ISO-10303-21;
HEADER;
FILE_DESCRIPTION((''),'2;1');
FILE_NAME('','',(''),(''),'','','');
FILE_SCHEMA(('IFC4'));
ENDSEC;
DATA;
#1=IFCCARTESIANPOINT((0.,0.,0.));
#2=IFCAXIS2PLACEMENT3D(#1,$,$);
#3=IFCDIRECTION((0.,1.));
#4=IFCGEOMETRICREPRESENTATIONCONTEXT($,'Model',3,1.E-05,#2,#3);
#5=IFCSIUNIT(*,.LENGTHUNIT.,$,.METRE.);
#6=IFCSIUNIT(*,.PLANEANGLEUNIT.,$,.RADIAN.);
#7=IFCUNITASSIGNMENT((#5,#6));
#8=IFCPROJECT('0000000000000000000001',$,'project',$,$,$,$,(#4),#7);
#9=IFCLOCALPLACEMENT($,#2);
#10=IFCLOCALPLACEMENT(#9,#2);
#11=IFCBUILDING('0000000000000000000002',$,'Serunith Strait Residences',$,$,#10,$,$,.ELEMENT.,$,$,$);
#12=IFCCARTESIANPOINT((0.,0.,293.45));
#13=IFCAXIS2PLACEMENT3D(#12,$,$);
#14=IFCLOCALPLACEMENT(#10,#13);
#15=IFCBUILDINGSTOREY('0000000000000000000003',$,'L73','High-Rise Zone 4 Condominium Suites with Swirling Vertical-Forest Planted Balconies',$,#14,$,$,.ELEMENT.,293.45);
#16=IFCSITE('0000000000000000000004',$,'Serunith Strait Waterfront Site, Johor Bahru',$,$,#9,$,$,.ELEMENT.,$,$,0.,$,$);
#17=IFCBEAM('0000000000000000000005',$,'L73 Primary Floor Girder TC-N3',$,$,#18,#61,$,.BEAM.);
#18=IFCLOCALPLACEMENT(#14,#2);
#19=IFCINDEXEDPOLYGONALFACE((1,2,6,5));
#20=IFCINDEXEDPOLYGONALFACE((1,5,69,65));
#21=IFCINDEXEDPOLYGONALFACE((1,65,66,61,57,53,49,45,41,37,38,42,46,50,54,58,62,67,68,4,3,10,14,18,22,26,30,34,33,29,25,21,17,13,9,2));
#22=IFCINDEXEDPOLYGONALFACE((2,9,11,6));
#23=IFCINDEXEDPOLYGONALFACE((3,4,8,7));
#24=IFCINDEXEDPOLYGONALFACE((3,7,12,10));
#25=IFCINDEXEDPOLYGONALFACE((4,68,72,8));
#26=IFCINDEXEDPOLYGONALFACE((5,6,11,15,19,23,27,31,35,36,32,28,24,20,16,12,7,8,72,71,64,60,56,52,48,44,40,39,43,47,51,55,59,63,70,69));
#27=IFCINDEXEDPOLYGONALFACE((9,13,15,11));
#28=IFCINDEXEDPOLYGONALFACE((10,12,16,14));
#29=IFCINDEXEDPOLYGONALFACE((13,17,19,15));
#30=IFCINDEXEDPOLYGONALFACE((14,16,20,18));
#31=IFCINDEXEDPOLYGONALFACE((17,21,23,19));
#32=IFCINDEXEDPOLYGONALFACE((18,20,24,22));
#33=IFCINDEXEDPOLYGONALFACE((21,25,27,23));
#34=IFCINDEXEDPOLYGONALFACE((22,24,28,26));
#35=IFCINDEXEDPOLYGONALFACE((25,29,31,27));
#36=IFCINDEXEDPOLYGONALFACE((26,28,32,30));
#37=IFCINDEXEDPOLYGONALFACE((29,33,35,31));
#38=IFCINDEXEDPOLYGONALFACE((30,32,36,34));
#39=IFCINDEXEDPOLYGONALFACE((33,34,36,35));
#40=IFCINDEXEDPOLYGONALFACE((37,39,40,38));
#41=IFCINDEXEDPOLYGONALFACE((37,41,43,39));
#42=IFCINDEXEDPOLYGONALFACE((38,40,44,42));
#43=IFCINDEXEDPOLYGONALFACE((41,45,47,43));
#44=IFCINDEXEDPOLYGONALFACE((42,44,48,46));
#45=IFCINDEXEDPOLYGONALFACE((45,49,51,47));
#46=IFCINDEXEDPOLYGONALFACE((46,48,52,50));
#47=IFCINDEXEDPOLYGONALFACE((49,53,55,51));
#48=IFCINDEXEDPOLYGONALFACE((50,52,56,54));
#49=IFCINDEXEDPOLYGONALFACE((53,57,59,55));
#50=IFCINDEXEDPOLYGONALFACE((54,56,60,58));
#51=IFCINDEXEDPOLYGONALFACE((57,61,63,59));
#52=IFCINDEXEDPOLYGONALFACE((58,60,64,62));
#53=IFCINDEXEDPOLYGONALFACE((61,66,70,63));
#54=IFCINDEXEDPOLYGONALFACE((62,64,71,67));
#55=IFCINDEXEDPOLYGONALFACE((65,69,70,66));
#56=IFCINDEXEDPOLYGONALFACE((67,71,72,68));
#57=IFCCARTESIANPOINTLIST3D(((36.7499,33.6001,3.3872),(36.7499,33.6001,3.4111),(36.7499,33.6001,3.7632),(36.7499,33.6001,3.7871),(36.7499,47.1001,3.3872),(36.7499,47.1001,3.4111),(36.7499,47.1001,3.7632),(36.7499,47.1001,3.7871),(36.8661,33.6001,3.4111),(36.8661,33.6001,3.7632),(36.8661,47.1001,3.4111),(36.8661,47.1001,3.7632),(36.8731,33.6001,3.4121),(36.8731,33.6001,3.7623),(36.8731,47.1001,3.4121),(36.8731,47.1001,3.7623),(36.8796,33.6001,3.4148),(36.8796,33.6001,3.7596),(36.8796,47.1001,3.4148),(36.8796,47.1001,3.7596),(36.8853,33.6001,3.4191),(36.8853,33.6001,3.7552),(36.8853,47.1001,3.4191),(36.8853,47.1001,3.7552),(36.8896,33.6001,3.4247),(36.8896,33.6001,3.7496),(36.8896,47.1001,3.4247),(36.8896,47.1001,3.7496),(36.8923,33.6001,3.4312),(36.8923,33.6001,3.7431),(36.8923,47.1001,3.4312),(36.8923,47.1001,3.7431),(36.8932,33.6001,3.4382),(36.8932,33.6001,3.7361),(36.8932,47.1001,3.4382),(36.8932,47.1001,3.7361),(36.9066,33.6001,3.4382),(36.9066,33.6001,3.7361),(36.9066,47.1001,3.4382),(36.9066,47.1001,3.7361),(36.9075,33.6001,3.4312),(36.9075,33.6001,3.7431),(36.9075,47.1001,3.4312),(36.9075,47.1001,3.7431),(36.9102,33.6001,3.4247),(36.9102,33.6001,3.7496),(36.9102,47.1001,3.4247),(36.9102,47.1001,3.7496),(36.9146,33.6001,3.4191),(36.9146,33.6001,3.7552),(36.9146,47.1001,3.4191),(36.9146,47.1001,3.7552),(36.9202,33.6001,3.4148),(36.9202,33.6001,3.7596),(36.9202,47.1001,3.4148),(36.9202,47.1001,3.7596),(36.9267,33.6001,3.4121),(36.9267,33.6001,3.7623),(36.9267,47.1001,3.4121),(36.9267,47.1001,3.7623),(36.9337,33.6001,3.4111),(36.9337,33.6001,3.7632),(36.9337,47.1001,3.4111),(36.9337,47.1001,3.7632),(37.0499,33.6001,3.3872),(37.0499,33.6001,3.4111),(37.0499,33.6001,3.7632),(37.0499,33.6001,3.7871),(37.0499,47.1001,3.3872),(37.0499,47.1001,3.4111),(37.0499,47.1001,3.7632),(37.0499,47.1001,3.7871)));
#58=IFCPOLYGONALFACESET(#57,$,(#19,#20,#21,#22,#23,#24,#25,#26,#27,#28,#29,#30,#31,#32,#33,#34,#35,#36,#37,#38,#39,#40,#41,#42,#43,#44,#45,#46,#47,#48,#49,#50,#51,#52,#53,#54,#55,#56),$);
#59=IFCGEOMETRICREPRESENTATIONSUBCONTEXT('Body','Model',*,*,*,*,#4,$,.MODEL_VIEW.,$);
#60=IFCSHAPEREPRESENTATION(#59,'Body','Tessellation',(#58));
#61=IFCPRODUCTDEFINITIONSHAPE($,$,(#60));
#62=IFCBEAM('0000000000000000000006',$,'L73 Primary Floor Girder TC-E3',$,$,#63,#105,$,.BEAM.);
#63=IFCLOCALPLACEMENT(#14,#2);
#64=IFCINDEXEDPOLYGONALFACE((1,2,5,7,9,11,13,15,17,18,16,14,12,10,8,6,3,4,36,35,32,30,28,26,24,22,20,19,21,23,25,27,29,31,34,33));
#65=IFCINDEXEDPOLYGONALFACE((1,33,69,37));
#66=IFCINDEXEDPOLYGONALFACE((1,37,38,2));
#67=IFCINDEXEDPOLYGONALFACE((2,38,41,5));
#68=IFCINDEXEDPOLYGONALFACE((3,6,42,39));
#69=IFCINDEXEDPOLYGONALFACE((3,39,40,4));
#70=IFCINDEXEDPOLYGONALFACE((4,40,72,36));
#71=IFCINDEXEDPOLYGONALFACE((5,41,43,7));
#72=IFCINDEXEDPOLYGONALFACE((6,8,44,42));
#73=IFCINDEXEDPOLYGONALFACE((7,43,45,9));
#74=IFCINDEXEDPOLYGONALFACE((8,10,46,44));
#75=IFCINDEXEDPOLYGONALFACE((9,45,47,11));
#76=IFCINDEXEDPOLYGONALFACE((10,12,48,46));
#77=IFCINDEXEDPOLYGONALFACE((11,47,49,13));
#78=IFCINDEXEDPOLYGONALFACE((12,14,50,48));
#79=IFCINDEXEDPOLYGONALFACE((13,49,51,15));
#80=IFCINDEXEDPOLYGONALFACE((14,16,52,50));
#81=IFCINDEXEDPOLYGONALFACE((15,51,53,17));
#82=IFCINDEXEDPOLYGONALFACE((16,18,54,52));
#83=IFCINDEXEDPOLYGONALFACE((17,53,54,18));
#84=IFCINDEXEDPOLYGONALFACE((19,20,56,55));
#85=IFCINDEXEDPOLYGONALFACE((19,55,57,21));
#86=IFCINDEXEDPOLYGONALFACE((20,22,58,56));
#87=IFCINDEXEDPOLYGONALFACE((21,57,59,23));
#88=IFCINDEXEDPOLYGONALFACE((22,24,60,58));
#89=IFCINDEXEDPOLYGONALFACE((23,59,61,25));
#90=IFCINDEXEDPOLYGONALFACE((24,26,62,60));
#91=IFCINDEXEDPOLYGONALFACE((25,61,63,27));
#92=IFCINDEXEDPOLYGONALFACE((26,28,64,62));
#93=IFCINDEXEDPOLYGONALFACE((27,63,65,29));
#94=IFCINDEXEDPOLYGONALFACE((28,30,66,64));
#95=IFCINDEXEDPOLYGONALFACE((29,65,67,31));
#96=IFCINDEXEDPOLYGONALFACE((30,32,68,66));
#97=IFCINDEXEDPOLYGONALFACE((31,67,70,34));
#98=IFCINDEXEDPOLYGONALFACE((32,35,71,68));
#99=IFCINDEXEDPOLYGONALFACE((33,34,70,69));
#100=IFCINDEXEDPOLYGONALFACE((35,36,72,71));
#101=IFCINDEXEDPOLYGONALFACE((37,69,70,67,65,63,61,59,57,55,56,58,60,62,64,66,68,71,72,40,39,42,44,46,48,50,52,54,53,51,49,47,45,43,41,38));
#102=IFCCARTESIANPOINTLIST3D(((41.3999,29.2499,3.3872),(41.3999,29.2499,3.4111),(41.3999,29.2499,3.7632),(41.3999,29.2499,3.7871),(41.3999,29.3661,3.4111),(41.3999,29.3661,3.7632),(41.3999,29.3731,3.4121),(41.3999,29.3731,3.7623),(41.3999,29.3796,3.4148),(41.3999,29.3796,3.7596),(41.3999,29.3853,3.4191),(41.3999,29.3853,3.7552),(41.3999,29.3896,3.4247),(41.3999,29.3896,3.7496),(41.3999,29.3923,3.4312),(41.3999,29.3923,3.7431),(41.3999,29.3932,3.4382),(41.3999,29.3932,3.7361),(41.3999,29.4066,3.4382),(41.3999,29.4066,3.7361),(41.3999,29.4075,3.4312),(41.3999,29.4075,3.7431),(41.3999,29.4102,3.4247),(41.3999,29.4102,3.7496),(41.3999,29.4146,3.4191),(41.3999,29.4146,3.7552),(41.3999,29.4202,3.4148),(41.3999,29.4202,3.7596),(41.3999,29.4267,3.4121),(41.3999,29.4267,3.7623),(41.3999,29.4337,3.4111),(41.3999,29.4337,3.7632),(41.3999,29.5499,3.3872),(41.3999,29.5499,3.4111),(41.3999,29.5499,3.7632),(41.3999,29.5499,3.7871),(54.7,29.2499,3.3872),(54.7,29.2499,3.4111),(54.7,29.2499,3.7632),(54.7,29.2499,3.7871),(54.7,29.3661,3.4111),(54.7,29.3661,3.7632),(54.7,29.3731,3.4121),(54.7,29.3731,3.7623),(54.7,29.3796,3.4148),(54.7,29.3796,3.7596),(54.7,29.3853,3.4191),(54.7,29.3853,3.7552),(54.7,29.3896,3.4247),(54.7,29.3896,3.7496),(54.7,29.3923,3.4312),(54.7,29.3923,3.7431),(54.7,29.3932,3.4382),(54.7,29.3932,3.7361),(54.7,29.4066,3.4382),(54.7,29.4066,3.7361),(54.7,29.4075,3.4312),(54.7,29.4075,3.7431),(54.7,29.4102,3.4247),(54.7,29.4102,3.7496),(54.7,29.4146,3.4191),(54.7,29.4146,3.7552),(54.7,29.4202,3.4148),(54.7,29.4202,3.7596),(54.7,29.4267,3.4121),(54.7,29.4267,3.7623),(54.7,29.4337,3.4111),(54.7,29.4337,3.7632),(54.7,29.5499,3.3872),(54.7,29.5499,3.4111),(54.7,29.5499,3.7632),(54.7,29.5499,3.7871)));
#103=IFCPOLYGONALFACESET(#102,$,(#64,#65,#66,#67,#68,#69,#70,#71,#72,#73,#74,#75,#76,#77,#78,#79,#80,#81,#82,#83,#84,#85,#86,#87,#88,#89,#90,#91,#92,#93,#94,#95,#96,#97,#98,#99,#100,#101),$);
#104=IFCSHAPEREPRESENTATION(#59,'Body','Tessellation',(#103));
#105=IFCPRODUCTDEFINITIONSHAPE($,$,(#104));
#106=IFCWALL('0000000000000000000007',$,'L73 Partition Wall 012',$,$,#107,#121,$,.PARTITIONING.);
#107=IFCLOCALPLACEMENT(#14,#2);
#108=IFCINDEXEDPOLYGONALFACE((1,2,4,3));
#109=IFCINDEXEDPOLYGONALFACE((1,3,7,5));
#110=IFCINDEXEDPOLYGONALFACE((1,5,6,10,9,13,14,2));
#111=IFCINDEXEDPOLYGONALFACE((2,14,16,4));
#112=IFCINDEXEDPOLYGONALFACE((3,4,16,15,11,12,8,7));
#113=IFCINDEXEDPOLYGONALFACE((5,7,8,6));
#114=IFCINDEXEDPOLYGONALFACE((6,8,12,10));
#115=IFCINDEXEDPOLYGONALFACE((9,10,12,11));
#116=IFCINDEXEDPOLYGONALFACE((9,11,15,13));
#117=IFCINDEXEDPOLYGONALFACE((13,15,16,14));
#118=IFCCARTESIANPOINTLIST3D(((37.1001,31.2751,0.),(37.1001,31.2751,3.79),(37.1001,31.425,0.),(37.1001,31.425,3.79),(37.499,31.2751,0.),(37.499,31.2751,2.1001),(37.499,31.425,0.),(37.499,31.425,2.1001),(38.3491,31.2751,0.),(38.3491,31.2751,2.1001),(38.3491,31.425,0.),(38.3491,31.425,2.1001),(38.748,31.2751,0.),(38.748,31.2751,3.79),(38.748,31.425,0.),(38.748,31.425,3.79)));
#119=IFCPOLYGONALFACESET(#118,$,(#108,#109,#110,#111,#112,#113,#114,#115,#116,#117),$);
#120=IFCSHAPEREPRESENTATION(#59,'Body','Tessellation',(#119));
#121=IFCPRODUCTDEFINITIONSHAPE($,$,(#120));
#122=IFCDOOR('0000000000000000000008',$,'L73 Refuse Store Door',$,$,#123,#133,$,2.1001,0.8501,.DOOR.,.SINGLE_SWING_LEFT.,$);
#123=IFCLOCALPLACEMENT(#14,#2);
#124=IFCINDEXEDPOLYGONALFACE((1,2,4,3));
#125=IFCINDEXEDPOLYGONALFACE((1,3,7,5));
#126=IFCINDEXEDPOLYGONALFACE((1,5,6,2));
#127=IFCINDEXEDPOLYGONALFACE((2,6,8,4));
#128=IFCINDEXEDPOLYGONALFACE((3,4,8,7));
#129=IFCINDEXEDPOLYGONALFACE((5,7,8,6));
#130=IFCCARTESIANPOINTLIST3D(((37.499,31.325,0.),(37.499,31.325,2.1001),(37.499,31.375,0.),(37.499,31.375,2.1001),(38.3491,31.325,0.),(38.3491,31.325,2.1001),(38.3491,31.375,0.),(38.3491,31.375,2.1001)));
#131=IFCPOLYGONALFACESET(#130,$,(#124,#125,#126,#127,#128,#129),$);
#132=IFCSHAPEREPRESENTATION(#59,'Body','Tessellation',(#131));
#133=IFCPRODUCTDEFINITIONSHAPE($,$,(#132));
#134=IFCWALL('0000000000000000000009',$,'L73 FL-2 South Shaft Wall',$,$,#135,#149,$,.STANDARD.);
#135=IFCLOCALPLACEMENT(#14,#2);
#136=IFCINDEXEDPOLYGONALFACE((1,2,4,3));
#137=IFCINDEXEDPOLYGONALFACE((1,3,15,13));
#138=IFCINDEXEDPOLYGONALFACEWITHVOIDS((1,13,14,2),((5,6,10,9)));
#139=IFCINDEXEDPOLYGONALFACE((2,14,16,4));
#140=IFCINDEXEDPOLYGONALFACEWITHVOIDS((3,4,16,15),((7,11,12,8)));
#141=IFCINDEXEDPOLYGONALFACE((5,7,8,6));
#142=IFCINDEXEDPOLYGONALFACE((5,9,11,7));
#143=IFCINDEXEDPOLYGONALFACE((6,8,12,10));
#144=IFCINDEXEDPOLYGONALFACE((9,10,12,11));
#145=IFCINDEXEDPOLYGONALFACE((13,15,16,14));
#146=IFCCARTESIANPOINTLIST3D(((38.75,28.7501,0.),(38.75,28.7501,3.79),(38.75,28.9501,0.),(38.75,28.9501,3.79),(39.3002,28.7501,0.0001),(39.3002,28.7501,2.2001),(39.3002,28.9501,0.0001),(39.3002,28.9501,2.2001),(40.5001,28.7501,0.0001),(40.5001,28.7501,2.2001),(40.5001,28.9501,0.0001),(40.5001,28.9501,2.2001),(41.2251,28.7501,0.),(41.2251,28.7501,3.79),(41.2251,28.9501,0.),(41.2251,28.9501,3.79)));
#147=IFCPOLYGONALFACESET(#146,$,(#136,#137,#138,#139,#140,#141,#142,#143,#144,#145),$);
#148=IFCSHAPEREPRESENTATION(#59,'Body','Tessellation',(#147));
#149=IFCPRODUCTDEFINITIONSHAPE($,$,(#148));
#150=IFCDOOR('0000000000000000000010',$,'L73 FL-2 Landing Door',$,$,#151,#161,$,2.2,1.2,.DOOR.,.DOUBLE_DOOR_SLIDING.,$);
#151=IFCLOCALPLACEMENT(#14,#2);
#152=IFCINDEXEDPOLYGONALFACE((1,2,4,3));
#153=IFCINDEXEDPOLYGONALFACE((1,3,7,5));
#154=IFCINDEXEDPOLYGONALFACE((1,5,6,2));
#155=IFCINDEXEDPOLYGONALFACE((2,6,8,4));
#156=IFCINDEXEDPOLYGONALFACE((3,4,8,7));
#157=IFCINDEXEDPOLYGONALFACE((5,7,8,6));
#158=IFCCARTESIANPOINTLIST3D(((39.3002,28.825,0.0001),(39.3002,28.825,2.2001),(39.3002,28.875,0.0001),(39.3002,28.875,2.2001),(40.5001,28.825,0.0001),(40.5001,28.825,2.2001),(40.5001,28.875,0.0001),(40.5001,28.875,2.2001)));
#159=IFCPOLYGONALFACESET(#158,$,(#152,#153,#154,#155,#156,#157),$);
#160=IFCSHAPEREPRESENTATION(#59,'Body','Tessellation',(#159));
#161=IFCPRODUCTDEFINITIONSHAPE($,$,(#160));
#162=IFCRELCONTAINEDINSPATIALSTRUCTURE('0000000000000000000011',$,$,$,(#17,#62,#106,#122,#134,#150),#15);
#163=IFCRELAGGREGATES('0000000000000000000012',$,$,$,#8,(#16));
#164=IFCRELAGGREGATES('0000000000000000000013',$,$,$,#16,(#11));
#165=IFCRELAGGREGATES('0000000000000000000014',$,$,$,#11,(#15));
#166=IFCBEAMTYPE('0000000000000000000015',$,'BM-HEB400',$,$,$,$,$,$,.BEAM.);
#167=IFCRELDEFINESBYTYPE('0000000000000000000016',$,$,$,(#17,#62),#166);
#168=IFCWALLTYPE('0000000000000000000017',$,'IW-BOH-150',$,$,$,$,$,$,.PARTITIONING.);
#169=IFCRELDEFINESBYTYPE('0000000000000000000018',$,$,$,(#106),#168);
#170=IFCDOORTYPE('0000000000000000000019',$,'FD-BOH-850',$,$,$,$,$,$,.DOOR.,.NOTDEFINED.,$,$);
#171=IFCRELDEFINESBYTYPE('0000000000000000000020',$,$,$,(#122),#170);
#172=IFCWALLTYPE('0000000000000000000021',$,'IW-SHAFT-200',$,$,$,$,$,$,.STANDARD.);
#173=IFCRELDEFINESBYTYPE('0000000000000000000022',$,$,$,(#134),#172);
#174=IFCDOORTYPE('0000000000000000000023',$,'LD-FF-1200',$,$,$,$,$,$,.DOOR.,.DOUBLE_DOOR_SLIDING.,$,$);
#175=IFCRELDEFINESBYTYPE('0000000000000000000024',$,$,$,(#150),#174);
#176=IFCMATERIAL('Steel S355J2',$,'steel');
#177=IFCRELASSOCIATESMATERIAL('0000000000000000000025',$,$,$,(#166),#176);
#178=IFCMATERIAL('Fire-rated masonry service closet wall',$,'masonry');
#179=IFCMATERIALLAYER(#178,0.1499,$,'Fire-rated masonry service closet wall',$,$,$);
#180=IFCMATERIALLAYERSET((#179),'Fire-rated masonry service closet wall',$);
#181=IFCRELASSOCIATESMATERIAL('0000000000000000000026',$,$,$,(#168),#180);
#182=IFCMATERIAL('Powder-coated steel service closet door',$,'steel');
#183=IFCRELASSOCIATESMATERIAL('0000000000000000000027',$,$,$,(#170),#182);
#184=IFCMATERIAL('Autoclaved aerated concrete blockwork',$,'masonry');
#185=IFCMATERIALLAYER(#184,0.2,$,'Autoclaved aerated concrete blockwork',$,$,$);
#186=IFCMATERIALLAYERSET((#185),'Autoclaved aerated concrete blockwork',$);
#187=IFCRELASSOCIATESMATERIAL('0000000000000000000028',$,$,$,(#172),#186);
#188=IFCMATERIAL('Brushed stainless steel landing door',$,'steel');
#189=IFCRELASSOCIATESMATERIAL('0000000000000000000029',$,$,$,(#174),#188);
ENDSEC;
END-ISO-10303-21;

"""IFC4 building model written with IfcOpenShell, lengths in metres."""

from ifc_helpers import new_model, si_unit, direction, frame, frame_2d, origin, origin_2d, place, context, subcontext, project, spatial, rectangle, i_section, extrude, source, transform, mapped, material, layer, layer_set, material_profile, profile_set, type_object, element, fill, save


model = new_model("IFC4")

# Units and contexts
model_context = context("Model", 3, precision=1e-05, world=origin(), true_north=direction((0.0, 1.0)))
body_context = subcontext(model_context, "Body", "Model", "MODEL_VIEW")
ifc_project = project(units=[si_unit("LENGTHUNIT", "METRE"), si_unit("PLANEANGLEUNIT", "RADIAN")], contexts=[model_context])

# Site, building, storey
site_placement = place(None, origin())
site = spatial("IfcSite", under=ifc_project, at=site_placement, Name="Serunith Strait Waterfront Site, Johor Bahru", CompositionType="ELEMENT", RefElevation=0.0)
building_placement = place(site_placement, origin())
building = spatial("IfcBuilding", under=site, at=building_placement, Name="Serunith Strait Residences", CompositionType="ELEMENT")
storey_placement = place(building_placement, frame((0.0, 0.0, 293.45)))
storey = spatial("IfcBuildingStorey", under=building, at=storey_placement, Name="L73", Description="High-Rise Zone 4 Condominium Suites with Swirling Vertical-Forest Planted Balconies", CompositionType="ELEMENT", Elevation=293.45)

# Beams
ifc_material_1 = material(Name="Steel S355J2", Category="steel")
ifc_material_profile = material_profile(ifc_material_1, i_section(OverallWidth=0.3, OverallDepth=0.3999, WebThickness=0.0134, FlangeThickness=0.0239, FilletRadius=0.0271, at=origin_2d()), Name="HEB 400")
ifc_profile_set = profile_set([ifc_material_profile], Name="Steel S355J2")
beam_type = type_object("IfcBeamType", Name="BM-HEB400", PredefinedType="BEAM", material=ifc_profile_set)
shared_shape_1 = source(origin(), body_context, "Body", "SweptSolid", [
    extrude(i_section(OverallWidth=0.3, OverallDepth=0.3999, WebThickness=0.0134, FlangeThickness=0.0239, FilletRadius=0.0271, at=origin_2d()), origin(), (0.0, 0.0, 1.0), 13.5),
])
beam_1_placement = place(storey_placement, frame((36.8999, 33.6001, 3.5872), z_axis=(0.0, 1.0, 0.0), x_axis=(-1.0, 0.0, 0.0)))
element("IfcBeam", 1, at=beam_1_placement, inside=storey, type_object=beam_type, Name="L73 Primary Floor Girder TC-N3", PredefinedType="BEAM", context=body_context, shape_type="MappedRepresentation", body=[
    mapped(shared_shape_1, transform((0.0, 0.0, 0.0), scale=1.0)),
])
shared_shape_2 = source(origin(), body_context, "Body", "SweptSolid", [
    extrude(i_section(OverallWidth=0.3, OverallDepth=0.3999, WebThickness=0.0134, FlangeThickness=0.0239, FilletRadius=0.0271, at=origin_2d()), origin(), (0.0, 0.0, 1.0), 13.3),
])
beam_2_placement = place(storey_placement, frame((41.3999, 29.3999, 3.5872), z_axis=(1.0, 0.0, 0.0), x_axis=(0.0, 1.0, 0.0)))
element("IfcBeam", 2, at=beam_2_placement, inside=storey, type_object=beam_type, Name="L73 Primary Floor Girder TC-E3", PredefinedType="BEAM", context=body_context, shape_type="MappedRepresentation", body=[
    mapped(shared_shape_2, transform((0.0, 0.0, 0.0), scale=1.0)),
])

# Walls, openings, doors
ifc_material_2 = material(Name="Fire-rated masonry service closet wall", Category="masonry")
ifc_layer_1 = layer(ifc_material_2, 0.1499, Name="Fire-rated masonry service closet wall")
ifc_layer_set_1 = layer_set([ifc_layer_1], Name="Fire-rated masonry service closet wall")
wall_type_1 = type_object("IfcWallType", Name="IW-BOH-150", PredefinedType="PARTITIONING", material=ifc_layer_set_1)
wall_1_placement = place(storey_placement, frame((37.1001, 31.3501, 0.0), z_axis=(0.0, 0.0, 1.0), x_axis=(1.0, 0.0, 0.0)))
wall_1 = element("IfcWall", 3, at=wall_1_placement, inside=storey, type_object=wall_type_1, Name="L73 Partition Wall 012", PredefinedType="PARTITIONING", context=body_context, shape_type="SweptSolid", body=[
    extrude(rectangle(XDim=1.6479, YDim=0.1499, at=frame_2d((0.824, 0.0))), origin(), (0.0, 0.0, 1.0), 3.79),
])
opening_1_placement = place(wall_1_placement, frame((0.3989, 0.0, 0.0)))
opening_1 = element("IfcOpeningElement", 4, at=opening_1_placement, cuts=wall_1, PredefinedType="OPENING", context=body_context, shape_type="SweptSolid", body=[
    extrude(rectangle(XDim=0.8501, YDim=2.1001, at=frame_2d((0.425, 1.05))), frame((0.0, 0.085, 0.0), z_axis=(0.0, -1.0, 0.0), x_axis=(1.0, 0.0, 0.0)), (0.0, 0.0, 1.0), 0.1699),
])
ifc_material_3 = material(Name="Powder-coated steel service closet door", Category="steel")
door_type_1 = type_object("IfcDoorType", Name="FD-BOH-850", OperationType="NOTDEFINED", PredefinedType="DOOR", material=ifc_material_3)
shared_shape_3 = source(origin(), body_context, "Body", "SweptSolid", [
    extrude(rectangle(XDim=0.8501, YDim=2.1001, at=frame_2d((0.425, 1.05))), frame((0.0, 0.0249, 0.0), z_axis=(0.0, -1.0, 0.0), x_axis=(1.0, 0.0, 0.0)), (0.0, 0.0, 1.0), 0.05),
])
door_1_placement = place(opening_1_placement, origin())
door_1 = element("IfcDoor", 5, at=door_1_placement, inside=storey, type_object=door_type_1, Name="L73 Refuse Store Door", OperationType="SINGLE_SWING_LEFT", OverallHeight=2.1001, OverallWidth=0.8501, PredefinedType="DOOR", context=body_context, shape_type="MappedRepresentation", body=[
    mapped(shared_shape_3, transform((0.0, 0.0, 0.0), scale=1.0)),
])
fill(opening_1, door_1)
ifc_material_4 = material(Name="Autoclaved aerated concrete blockwork", Category="masonry")
ifc_layer_2 = layer(ifc_material_4, 0.2, Name="Autoclaved aerated concrete blockwork")
ifc_layer_set_2 = layer_set([ifc_layer_2], Name="Autoclaved aerated concrete blockwork")
wall_type_2 = type_object("IfcWallType", Name="IW-SHAFT-200", PredefinedType="STANDARD", material=ifc_layer_set_2)
wall_2_placement = place(storey_placement, frame((38.75, 28.8501, 0.0), z_axis=(0.0, 0.0, 1.0), x_axis=(1.0, 0.0, 0.0)))
wall_2 = element("IfcWall", 6, at=wall_2_placement, inside=storey, type_object=wall_type_2, Name="L73 FL-2 South Shaft Wall", PredefinedType="STANDARD", context=body_context, shape_type="SweptSolid", body=[
    extrude(rectangle(XDim=2.4751, YDim=0.2, at=frame_2d((1.2375, 0.0))), origin(), (0.0, 0.0, 1.0), 3.79),
])
opening_2_placement = place(wall_2_placement, frame((0.55, 0.0, 0.0)))
opening_2 = element("IfcOpeningElement", 7, at=opening_2_placement, cuts=wall_2, PredefinedType="OPENING", context=body_context, shape_type="SweptSolid", body=[
    extrude(rectangle(XDim=1.2, YDim=2.2, at=frame_2d((0.6001, 1.1001))), frame((0.0, 0.1099, 0.0), z_axis=(0.0, -1.0, 0.0), x_axis=(1.0, 0.0, 0.0)), (0.0, 0.0, 1.0), 0.22),
])
ifc_material_5 = material(Name="Brushed stainless steel landing door", Category="steel")
door_type_2 = type_object("IfcDoorType", Name="LD-FF-1200", OperationType="DOUBLE_DOOR_SLIDING", PredefinedType="DOOR", material=ifc_material_5)
shared_shape_4 = source(origin(), body_context, "Body", "SweptSolid", [
    extrude(rectangle(XDim=1.2, YDim=2.2, at=frame_2d((0.6001, 1.1001))), frame((0.0, 0.0249, 0.0), z_axis=(0.0, -1.0, 0.0), x_axis=(1.0, 0.0, 0.0)), (0.0, 0.0, 1.0), 0.05),
])
door_2_placement = place(opening_2_placement, origin())
door_2 = element("IfcDoor", 8, at=door_2_placement, inside=storey, type_object=door_type_2, Name="L73 FL-2 Landing Door", OperationType="DOUBLE_DOOR_SLIDING", OverallHeight=2.2, OverallWidth=1.2, PredefinedType="DOOR", context=body_context, shape_type="MappedRepresentation", body=[
    mapped(shared_shape_4, transform((0.0, 0.0, 0.0), scale=1.0)),
])
fill(opening_2, door_2)

save(model, "model.ifc")
